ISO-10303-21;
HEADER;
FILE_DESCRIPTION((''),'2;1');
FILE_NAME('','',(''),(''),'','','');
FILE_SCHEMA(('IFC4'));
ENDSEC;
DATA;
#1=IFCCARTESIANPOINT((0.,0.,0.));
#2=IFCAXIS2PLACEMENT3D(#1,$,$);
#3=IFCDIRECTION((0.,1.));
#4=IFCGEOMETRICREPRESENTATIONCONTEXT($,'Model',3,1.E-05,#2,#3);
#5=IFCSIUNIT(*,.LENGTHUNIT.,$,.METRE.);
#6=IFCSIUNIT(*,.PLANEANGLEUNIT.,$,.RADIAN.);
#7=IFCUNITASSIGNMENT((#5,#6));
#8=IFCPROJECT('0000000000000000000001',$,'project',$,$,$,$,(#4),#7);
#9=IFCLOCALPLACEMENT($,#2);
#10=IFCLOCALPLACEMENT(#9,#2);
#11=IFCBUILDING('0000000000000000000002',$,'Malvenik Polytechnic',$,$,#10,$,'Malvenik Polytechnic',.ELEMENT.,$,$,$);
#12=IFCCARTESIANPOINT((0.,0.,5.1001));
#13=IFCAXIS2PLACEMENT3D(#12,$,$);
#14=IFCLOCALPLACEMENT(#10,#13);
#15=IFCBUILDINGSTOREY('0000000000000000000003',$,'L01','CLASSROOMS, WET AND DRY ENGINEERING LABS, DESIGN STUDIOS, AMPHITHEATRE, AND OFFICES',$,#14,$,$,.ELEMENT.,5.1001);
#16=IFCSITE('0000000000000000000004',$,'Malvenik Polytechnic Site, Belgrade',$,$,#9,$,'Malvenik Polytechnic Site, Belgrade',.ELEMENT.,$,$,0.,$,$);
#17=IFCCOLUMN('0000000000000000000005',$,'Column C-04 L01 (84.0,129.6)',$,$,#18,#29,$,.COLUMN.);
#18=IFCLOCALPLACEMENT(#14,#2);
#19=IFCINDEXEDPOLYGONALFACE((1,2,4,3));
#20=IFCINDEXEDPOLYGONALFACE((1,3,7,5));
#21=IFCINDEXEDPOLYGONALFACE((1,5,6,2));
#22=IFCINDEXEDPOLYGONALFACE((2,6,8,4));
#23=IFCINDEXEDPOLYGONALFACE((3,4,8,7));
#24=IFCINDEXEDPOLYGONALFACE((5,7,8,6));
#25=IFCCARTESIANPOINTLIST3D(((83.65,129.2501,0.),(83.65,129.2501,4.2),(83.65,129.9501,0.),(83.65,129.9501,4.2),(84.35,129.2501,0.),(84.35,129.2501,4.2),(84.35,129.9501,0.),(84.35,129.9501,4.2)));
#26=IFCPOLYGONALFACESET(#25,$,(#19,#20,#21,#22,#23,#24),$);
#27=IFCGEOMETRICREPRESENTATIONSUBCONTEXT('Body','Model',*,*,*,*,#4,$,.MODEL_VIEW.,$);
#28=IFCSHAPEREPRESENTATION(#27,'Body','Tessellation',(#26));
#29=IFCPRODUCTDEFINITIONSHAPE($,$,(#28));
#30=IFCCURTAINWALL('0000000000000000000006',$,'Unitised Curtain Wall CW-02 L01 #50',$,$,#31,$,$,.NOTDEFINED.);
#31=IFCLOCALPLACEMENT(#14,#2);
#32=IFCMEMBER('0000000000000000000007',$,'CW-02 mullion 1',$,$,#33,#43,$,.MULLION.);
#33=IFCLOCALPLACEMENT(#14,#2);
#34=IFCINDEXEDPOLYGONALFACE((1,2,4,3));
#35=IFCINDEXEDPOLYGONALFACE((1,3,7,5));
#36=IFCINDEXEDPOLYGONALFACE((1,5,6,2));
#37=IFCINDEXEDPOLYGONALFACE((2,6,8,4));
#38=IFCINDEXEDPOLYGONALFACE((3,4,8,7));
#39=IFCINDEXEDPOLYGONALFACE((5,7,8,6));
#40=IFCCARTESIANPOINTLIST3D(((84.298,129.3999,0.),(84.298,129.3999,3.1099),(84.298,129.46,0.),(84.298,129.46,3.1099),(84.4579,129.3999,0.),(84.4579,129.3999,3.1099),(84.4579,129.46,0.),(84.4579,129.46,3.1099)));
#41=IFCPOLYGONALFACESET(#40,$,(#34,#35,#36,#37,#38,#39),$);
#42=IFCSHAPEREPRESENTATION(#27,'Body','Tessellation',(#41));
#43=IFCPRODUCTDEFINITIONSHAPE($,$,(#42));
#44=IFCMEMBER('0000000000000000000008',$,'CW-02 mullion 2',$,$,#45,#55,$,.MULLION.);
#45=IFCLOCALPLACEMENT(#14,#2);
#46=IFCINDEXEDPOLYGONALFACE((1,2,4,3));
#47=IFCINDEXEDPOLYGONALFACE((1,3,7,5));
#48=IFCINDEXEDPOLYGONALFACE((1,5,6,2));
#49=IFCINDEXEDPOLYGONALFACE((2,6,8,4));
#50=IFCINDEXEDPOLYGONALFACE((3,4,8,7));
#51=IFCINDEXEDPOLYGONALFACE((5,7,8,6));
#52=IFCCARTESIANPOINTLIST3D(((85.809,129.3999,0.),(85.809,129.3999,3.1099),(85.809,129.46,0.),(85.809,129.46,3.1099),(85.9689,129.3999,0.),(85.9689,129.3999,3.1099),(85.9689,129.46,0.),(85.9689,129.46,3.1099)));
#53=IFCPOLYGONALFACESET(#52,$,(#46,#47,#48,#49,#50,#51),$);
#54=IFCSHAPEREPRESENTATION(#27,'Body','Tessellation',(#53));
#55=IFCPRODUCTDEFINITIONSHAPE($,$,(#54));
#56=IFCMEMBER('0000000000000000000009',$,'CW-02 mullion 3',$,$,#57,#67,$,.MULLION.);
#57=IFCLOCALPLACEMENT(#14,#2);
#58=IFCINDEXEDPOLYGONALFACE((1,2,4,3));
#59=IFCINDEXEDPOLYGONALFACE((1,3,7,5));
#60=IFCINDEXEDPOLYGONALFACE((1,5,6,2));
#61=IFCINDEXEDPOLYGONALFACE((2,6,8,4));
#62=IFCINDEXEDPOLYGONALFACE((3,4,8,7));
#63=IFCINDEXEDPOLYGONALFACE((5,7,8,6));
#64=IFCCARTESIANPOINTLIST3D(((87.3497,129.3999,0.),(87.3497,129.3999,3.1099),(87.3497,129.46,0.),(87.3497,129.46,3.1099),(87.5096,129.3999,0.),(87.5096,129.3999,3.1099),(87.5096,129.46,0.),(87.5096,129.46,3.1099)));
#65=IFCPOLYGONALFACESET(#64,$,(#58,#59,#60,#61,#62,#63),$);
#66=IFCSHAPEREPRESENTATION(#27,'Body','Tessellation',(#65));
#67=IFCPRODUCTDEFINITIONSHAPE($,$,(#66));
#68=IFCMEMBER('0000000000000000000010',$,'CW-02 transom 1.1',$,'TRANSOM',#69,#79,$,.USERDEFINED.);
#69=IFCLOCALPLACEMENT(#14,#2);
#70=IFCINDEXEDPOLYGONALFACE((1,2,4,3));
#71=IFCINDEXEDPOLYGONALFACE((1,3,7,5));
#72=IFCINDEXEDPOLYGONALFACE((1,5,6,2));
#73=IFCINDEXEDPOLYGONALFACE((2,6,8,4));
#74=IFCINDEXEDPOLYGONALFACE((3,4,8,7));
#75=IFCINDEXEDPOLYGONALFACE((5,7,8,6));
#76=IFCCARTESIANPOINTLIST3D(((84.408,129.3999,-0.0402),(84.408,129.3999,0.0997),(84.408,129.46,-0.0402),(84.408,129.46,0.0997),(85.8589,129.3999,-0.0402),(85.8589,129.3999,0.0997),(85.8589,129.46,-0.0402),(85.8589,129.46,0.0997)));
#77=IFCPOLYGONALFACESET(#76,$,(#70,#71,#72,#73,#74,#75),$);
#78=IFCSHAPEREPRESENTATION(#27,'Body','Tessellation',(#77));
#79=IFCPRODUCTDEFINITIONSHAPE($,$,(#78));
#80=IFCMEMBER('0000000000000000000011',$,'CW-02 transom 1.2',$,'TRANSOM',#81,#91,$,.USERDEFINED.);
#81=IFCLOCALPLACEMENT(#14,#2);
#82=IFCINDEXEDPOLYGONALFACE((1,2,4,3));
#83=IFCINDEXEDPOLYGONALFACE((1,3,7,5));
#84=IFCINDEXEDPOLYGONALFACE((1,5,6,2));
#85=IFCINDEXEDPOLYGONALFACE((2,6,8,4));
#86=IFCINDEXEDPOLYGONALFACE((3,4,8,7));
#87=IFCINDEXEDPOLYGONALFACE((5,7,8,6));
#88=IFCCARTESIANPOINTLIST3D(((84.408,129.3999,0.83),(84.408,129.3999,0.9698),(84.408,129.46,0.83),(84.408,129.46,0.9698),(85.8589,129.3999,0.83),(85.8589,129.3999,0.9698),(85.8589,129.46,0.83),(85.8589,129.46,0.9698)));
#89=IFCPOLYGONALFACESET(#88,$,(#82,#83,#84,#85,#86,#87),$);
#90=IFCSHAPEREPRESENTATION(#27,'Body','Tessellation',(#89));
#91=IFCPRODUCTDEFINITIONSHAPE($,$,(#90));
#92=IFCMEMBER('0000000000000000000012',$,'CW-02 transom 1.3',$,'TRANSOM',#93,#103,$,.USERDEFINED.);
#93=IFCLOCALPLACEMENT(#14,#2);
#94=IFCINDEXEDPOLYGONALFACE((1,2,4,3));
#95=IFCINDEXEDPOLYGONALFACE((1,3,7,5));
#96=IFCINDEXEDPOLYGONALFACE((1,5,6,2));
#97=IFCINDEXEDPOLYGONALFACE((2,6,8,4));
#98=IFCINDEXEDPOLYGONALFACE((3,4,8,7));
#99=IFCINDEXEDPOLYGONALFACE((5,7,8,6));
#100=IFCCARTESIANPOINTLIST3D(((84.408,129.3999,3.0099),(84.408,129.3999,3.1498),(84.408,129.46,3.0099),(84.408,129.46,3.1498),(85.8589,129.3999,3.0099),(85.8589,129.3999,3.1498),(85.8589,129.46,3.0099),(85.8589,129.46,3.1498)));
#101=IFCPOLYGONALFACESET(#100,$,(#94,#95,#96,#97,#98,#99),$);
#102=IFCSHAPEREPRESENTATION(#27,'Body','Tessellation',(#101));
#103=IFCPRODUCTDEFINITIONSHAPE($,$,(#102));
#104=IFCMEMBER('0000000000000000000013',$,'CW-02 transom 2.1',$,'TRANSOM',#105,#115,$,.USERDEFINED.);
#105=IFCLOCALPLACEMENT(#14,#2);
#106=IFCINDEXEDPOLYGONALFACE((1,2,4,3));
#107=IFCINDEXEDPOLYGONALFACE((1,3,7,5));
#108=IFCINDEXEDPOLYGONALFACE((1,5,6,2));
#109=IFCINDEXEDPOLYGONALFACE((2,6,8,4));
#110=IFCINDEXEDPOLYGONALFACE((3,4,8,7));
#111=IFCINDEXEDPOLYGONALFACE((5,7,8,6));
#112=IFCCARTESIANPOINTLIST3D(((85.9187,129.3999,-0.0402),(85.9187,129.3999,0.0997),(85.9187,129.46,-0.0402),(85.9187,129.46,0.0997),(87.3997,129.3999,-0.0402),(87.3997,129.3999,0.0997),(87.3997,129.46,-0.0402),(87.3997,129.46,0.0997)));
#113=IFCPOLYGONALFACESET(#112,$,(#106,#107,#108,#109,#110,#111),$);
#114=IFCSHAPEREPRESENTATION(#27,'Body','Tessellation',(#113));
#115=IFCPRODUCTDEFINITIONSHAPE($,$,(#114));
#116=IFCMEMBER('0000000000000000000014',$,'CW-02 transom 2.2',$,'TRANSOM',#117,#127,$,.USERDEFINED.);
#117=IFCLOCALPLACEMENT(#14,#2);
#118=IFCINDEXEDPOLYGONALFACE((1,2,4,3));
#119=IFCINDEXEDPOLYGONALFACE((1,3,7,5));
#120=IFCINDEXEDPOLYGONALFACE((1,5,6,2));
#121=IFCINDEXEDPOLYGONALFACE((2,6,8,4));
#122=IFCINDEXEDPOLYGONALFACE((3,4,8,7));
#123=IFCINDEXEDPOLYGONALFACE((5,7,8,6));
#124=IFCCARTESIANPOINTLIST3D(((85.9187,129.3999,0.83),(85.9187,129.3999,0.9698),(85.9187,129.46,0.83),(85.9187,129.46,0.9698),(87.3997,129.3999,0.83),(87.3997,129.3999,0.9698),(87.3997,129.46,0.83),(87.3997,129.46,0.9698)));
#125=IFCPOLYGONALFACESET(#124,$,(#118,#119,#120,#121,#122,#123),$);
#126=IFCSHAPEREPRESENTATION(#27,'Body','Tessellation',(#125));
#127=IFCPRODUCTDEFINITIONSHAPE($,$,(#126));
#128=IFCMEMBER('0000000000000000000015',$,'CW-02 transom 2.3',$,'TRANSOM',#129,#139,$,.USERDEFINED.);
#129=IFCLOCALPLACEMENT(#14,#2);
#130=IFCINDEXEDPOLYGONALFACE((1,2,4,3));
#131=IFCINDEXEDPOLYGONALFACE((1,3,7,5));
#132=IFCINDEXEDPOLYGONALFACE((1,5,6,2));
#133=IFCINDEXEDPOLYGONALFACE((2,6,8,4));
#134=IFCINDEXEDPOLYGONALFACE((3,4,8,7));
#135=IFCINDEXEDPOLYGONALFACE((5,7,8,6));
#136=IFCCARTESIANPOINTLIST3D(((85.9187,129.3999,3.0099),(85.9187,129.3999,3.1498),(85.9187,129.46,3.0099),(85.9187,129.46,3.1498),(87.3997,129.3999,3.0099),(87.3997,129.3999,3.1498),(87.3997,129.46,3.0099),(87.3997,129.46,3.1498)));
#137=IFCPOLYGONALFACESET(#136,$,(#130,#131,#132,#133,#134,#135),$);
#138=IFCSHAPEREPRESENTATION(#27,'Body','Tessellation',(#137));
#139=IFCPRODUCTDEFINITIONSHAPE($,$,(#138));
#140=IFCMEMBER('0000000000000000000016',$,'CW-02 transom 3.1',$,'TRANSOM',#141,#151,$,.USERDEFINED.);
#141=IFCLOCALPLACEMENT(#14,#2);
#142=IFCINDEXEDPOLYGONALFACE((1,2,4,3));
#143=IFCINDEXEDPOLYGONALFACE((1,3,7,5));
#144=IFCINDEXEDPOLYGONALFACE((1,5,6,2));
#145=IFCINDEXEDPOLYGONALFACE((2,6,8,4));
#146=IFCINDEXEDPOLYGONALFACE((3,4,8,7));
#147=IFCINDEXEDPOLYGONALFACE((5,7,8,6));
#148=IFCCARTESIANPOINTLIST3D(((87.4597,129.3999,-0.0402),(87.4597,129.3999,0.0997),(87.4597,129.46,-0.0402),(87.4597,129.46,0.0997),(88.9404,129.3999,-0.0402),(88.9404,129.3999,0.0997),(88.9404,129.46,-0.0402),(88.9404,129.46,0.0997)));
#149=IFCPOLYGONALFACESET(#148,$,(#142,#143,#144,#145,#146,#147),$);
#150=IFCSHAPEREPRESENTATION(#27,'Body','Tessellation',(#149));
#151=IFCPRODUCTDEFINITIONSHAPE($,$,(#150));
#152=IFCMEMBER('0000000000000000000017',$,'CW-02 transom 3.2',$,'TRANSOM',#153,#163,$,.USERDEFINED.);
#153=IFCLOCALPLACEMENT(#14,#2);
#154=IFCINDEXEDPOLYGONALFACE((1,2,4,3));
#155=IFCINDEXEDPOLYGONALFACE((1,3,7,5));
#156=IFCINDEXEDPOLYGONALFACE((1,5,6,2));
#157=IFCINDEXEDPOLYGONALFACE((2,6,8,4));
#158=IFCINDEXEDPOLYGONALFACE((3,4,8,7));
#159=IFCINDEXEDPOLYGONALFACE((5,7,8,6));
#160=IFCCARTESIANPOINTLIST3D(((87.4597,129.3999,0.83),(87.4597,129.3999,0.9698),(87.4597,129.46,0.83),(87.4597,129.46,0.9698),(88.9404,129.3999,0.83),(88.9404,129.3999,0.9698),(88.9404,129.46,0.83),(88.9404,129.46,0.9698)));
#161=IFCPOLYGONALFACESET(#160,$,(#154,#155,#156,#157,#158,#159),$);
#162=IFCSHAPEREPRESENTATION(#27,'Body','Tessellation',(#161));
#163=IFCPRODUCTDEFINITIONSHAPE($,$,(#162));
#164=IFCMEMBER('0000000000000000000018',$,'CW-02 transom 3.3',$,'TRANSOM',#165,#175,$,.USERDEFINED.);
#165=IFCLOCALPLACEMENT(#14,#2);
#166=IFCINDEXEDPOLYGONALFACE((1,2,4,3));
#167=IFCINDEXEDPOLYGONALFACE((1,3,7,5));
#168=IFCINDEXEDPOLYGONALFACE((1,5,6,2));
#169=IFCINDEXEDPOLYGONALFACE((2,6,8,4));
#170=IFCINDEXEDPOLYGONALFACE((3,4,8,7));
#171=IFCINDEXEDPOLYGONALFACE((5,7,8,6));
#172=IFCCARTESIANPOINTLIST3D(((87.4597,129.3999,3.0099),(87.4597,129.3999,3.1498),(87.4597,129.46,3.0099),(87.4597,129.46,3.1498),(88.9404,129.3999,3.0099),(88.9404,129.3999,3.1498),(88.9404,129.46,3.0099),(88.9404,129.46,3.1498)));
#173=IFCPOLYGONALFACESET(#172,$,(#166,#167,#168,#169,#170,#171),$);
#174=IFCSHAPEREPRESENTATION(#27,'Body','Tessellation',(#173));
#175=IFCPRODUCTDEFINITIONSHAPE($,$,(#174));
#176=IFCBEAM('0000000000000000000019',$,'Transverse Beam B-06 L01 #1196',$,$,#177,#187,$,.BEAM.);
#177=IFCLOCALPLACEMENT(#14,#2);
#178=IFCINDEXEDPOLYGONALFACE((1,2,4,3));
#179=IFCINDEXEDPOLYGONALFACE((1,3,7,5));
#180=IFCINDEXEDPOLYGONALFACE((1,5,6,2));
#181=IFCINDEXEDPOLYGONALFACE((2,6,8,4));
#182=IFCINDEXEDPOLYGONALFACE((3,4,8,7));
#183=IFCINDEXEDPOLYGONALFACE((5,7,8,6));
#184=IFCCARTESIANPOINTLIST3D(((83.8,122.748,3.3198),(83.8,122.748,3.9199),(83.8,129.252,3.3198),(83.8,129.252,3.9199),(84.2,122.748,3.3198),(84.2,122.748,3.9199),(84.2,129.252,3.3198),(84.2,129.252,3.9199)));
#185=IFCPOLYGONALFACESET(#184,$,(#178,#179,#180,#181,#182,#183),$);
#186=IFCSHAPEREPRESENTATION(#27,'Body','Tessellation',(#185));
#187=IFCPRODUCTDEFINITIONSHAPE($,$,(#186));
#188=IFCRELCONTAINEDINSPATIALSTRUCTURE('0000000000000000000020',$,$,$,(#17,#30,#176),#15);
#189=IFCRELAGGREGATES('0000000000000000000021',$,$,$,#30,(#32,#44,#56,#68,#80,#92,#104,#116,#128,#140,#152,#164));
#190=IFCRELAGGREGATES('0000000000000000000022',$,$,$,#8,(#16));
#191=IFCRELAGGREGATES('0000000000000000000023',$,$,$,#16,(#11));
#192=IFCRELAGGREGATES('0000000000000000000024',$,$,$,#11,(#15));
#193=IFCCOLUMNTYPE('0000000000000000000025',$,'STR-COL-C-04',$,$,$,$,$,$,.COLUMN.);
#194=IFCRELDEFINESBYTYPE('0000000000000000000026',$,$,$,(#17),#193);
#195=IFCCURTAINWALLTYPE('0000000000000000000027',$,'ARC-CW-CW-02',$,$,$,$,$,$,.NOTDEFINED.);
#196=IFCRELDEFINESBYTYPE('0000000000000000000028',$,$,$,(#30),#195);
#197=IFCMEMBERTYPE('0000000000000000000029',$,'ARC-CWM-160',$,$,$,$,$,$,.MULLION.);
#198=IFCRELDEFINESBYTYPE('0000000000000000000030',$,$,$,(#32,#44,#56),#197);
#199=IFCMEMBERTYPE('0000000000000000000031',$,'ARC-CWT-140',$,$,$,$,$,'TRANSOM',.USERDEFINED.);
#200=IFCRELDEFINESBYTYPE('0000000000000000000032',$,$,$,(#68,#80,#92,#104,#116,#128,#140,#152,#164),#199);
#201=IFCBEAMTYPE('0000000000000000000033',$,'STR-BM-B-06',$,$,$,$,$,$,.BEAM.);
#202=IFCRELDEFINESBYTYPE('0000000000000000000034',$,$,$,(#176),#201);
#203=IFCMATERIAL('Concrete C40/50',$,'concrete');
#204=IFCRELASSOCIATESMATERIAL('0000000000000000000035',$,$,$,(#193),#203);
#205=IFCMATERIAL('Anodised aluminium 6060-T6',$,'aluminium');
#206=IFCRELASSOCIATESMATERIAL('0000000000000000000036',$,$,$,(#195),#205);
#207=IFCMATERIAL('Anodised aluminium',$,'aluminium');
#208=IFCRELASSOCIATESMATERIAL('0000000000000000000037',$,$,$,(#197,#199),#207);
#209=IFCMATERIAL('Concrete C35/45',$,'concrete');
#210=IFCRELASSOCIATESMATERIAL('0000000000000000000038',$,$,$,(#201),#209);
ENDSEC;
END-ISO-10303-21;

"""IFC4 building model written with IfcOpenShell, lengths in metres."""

from ifc_helpers import new_model, si_unit, direction, frame, origin, origin_2d, place, context, subcontext, project, spatial, rectangle, extrude, material, material_profile, profile_set, type_object, element, aggregate, save


model = new_model("IFC4")

# Units and contexts
model_context = context("Model", 3, precision=1e-05, world=origin(), true_north=direction((0.0, 1.0)))
body_context = subcontext(model_context, "Body", "Model", "MODEL_VIEW")
ifc_project = project(units=[si_unit("LENGTHUNIT", "METRE"), si_unit("PLANEANGLEUNIT", "RADIAN")], contexts=[model_context])

# Site, building, storey
site_placement = place(None, origin())
site = spatial("IfcSite", under=ifc_project, at=site_placement, Name="Malvenik Polytechnic Site, Belgrade", LongName="Malvenik Polytechnic Site, Belgrade", CompositionType="ELEMENT", RefElevation=0.0)
building_placement = place(site_placement, origin())
building = spatial("IfcBuilding", under=site, at=building_placement, Name="Malvenik Polytechnic", LongName="Malvenik Polytechnic", CompositionType="ELEMENT")
storey_placement = place(building_placement, frame((0.0, 0.0, 5.1001)))
storey = spatial("IfcBuildingStorey", under=building, at=storey_placement, Name="L01", Description="CLASSROOMS, WET AND DRY ENGINEERING LABS, DESIGN STUDIOS, AMPHITHEATRE, AND OFFICES", CompositionType="ELEMENT", Elevation=5.1001)

# Column
ifc_material_1 = material(Name="Concrete C40/50", Category="concrete")
ifc_material_profile_1 = material_profile(ifc_material_1, rectangle(XDim=0.7, YDim=0.7, at=origin_2d()), Name="RC COL 700x700")
ifc_profile_set_1 = profile_set([ifc_material_profile_1], Name="Concrete C40/50")
column_type = type_object("IfcColumnType", Name="STR-COL-C-04", PredefinedType="COLUMN", material=ifc_profile_set_1)
column_placement = place(storey_placement, frame((84.0, 129.6001, 0.0), z_axis=(0.0, 0.0, 1.0), x_axis=(1.0, 0.0, 0.0)))
element("IfcColumn", 1, at=column_placement, inside=storey, type_object=column_type, Name="Column C-04 L01 (84.0,129.6)", PredefinedType="COLUMN", context=body_context, shape_type="SweptSolid", body=[
    extrude(rectangle(XDim=0.7, YDim=0.7, at=origin_2d()), origin(), (0.0, 0.0, 1.0), 4.2),
])

# Curtain wall, members
ifc_material_2 = material(Name="Anodised aluminium 6060-T6", Category="aluminium")
curtain_wall_type = type_object("IfcCurtainWallType", Name="ARC-CW-CW-02", PredefinedType="NOTDEFINED", material=ifc_material_2)
curtain_wall_placement = place(storey_placement, origin())
curtain_wall = element("IfcCurtainWall", 2, at=curtain_wall_placement, inside=storey, type_object=curtain_wall_type, Name="Unitised Curtain Wall CW-02 L01 #50", PredefinedType="NOTDEFINED")
ifc_material_3 = material(Name="Anodised aluminium", Category="aluminium")
ifc_material_profile_2 = material_profile(ifc_material_3, rectangle(XDim=0.0601, YDim=0.1599, at=origin_2d()), Name="ALU MULLION 60x160")
ifc_profile_set_2 = profile_set([ifc_material_profile_2], Name="Anodised aluminium")
member_type_1 = type_object("IfcMemberType", Name="ARC-CWM-160", PredefinedType="MULLION", material=ifc_profile_set_2)
member_1_placement = place(storey_placement, frame((84.3779, 129.4299, 0.0), z_axis=(0.0, 0.0, 1.0), x_axis=(0.0, 1.0, 0.0)))
member_1 = element("IfcMember", 3, at=member_1_placement, type_object=member_type_1, Name="CW-02 mullion 1", PredefinedType="MULLION", context=body_context, shape_type="SweptSolid", body=[
    extrude(rectangle(XDim=0.0601, YDim=0.1599, at=origin_2d()), origin(), (0.0, 0.0, 1.0), 3.1099),
])
member_2_placement = place(storey_placement, frame((85.8889, 129.4299, 0.0), z_axis=(0.0, 0.0, 1.0), x_axis=(0.0, 1.0, 0.0)))
member_2 = element("IfcMember", 4, at=member_2_placement, type_object=member_type_1, Name="CW-02 mullion 2", PredefinedType="MULLION", context=body_context, shape_type="SweptSolid", body=[
    extrude(rectangle(XDim=0.0601, YDim=0.1599, at=origin_2d()), origin(), (0.0, 0.0, 1.0), 3.1099),
])
member_3_placement = place(storey_placement, frame((87.4297, 129.4299, 0.0), z_axis=(0.0, 0.0, 1.0), x_axis=(0.0, 1.0, 0.0)))
member_3 = element("IfcMember", 5, at=member_3_placement, type_object=member_type_1, Name="CW-02 mullion 3", PredefinedType="MULLION", context=body_context, shape_type="SweptSolid", body=[
    extrude(rectangle(XDim=0.0601, YDim=0.1599, at=origin_2d()), origin(), (0.0, 0.0, 1.0), 3.1099),
])
ifc_material_profile_3 = material_profile(ifc_material_3, rectangle(XDim=0.0601, YDim=0.1399, at=origin_2d()), Name="ALU TRANSOM 60x140")
ifc_profile_set_3 = profile_set([ifc_material_profile_3], Name="Anodised aluminium")
member_type_2 = type_object("IfcMemberType", Name="ARC-CWT-140", ElementType="TRANSOM", PredefinedType="USERDEFINED", material=ifc_profile_set_3)
member_4_placement = place(storey_placement, frame((84.408, 129.4299, 0.0298), z_axis=(1.0, 0.0, 0.0), x_axis=(0.0, 1.0, 0.0)))
member_4 = element("IfcMember", 6, at=member_4_placement, type_object=member_type_2, Name="CW-02 transom 1.1", ObjectType="TRANSOM", PredefinedType="USERDEFINED", context=body_context, shape_type="SweptSolid", body=[
    extrude(rectangle(XDim=0.0601, YDim=0.1399, at=origin_2d()), origin(), (0.0, 0.0, 1.0), 1.4509),
])
member_5_placement = place(storey_placement, frame((84.408, 129.4299, 0.8999), z_axis=(1.0, 0.0, 0.0), x_axis=(0.0, 1.0, 0.0)))
member_5 = element("IfcMember", 7, at=member_5_placement, type_object=member_type_2, Name="CW-02 transom 1.2", ObjectType="TRANSOM", PredefinedType="USERDEFINED", context=body_context, shape_type="SweptSolid", body=[
    extrude(rectangle(XDim=0.0601, YDim=0.1399, at=origin_2d()), origin(), (0.0, 0.0, 1.0), 1.4509),
])
member_6_placement = place(storey_placement, frame((84.408, 129.4299, 3.0798), z_axis=(1.0, 0.0, 0.0), x_axis=(0.0, 1.0, 0.0)))
member_6 = element("IfcMember", 8, at=member_6_placement, type_object=member_type_2, Name="CW-02 transom 1.3", ObjectType="TRANSOM", PredefinedType="USERDEFINED", context=body_context, shape_type="SweptSolid", body=[
    extrude(rectangle(XDim=0.0601, YDim=0.1399, at=origin_2d()), origin(), (0.0, 0.0, 1.0), 1.4509),
])
member_7_placement = place(storey_placement, frame((85.9187, 129.4299, 0.0298), z_axis=(1.0, 0.0, 0.0), x_axis=(0.0, 1.0, 0.0)))
member_7 = element("IfcMember", 9, at=member_7_placement, type_object=member_type_2, Name="CW-02 transom 2.1", ObjectType="TRANSOM", PredefinedType="USERDEFINED", context=body_context, shape_type="SweptSolid", body=[
    extrude(rectangle(XDim=0.0601, YDim=0.1399, at=origin_2d()), origin(), (0.0, 0.0, 1.0), 1.481),
])
member_8_placement = place(storey_placement, frame((85.9187, 129.4299, 0.8999), z_axis=(1.0, 0.0, 0.0), x_axis=(0.0, 1.0, 0.0)))
member_8 = element("IfcMember", 10, at=member_8_placement, type_object=member_type_2, Name="CW-02 transom 2.2", ObjectType="TRANSOM", PredefinedType="USERDEFINED", context=body_context, shape_type="SweptSolid", body=[
    extrude(rectangle(XDim=0.0601, YDim=0.1399, at=origin_2d()), origin(), (0.0, 0.0, 1.0), 1.481),
])
member_9_placement = place(storey_placement, frame((85.9187, 129.4299, 3.0798), z_axis=(1.0, 0.0, 0.0), x_axis=(0.0, 1.0, 0.0)))
member_9 = element("IfcMember", 11, at=member_9_placement, type_object=member_type_2, Name="CW-02 transom 2.3", ObjectType="TRANSOM", PredefinedType="USERDEFINED", context=body_context, shape_type="SweptSolid", body=[
    extrude(rectangle(XDim=0.0601, YDim=0.1399, at=origin_2d()), origin(), (0.0, 0.0, 1.0), 1.481),
])
member_10_placement = place(storey_placement, frame((87.4597, 129.4299, 0.0298), z_axis=(1.0, 0.0, 0.0), x_axis=(0.0, 1.0, 0.0)))
member_10 = element("IfcMember", 12, at=member_10_placement, type_object=member_type_2, Name="CW-02 transom 3.1", ObjectType="TRANSOM", PredefinedType="USERDEFINED", context=body_context, shape_type="SweptSolid", body=[
    extrude(rectangle(XDim=0.0601, YDim=0.1399, at=origin_2d()), origin(), (0.0, 0.0, 1.0), 1.4807),
])
member_11_placement = place(storey_placement, frame((87.4597, 129.4299, 0.8999), z_axis=(1.0, 0.0, 0.0), x_axis=(0.0, 1.0, 0.0)))
member_11 = element("IfcMember", 13, at=member_11_placement, type_object=member_type_2, Name="CW-02 transom 3.2", ObjectType="TRANSOM", PredefinedType="USERDEFINED", context=body_context, shape_type="SweptSolid", body=[
    extrude(rectangle(XDim=0.0601, YDim=0.1399, at=origin_2d()), origin(), (0.0, 0.0, 1.0), 1.4807),
])
member_12_placement = place(storey_placement, frame((87.4597, 129.4299, 3.0798), z_axis=(1.0, 0.0, 0.0), x_axis=(0.0, 1.0, 0.0)))
member_12 = element("IfcMember", 14, at=member_12_placement, type_object=member_type_2, Name="CW-02 transom 3.3", ObjectType="TRANSOM", PredefinedType="USERDEFINED", context=body_context, shape_type="SweptSolid", body=[
    extrude(rectangle(XDim=0.0601, YDim=0.1399, at=origin_2d()), origin(), (0.0, 0.0, 1.0), 1.4807),
])

# Beam
ifc_material_4 = material(Name="Concrete C35/45", Category="concrete")
ifc_material_profile_4 = material_profile(ifc_material_4, rectangle(XDim=0.3999, YDim=0.6001, at=origin_2d()), Name="RC BM 400x600")
ifc_profile_set_4 = profile_set([ifc_material_profile_4], Name="Concrete C35/45")
beam_type_1 = type_object("IfcBeamType", Name="STR-BM-B-06", PredefinedType="BEAM", material=ifc_profile_set_4)
beam_1_placement = place(storey_placement, frame((84.0, 122.748, 3.6199), z_axis=(0.0, 1.0, 0.0), x_axis=(-1.0, 0.0, 0.0)))
element("IfcBeam", 15, at=beam_1_placement, inside=storey, type_object=beam_type_1, Name="Transverse Beam B-06 L01 #1196", PredefinedType="BEAM", context=body_context, shape_type="SweptSolid", body=[
    extrude(rectangle(XDim=0.3999, YDim=0.6001, at=origin_2d()), origin(), (0.0, 0.0, 1.0), 6.5039),
])

aggregate(curtain_wall, [member_1, member_2, member_3, member_4, member_5, member_6, member_7, member_8, member_9, member_10, member_11, member_12])

save(model, "model.ifc")
